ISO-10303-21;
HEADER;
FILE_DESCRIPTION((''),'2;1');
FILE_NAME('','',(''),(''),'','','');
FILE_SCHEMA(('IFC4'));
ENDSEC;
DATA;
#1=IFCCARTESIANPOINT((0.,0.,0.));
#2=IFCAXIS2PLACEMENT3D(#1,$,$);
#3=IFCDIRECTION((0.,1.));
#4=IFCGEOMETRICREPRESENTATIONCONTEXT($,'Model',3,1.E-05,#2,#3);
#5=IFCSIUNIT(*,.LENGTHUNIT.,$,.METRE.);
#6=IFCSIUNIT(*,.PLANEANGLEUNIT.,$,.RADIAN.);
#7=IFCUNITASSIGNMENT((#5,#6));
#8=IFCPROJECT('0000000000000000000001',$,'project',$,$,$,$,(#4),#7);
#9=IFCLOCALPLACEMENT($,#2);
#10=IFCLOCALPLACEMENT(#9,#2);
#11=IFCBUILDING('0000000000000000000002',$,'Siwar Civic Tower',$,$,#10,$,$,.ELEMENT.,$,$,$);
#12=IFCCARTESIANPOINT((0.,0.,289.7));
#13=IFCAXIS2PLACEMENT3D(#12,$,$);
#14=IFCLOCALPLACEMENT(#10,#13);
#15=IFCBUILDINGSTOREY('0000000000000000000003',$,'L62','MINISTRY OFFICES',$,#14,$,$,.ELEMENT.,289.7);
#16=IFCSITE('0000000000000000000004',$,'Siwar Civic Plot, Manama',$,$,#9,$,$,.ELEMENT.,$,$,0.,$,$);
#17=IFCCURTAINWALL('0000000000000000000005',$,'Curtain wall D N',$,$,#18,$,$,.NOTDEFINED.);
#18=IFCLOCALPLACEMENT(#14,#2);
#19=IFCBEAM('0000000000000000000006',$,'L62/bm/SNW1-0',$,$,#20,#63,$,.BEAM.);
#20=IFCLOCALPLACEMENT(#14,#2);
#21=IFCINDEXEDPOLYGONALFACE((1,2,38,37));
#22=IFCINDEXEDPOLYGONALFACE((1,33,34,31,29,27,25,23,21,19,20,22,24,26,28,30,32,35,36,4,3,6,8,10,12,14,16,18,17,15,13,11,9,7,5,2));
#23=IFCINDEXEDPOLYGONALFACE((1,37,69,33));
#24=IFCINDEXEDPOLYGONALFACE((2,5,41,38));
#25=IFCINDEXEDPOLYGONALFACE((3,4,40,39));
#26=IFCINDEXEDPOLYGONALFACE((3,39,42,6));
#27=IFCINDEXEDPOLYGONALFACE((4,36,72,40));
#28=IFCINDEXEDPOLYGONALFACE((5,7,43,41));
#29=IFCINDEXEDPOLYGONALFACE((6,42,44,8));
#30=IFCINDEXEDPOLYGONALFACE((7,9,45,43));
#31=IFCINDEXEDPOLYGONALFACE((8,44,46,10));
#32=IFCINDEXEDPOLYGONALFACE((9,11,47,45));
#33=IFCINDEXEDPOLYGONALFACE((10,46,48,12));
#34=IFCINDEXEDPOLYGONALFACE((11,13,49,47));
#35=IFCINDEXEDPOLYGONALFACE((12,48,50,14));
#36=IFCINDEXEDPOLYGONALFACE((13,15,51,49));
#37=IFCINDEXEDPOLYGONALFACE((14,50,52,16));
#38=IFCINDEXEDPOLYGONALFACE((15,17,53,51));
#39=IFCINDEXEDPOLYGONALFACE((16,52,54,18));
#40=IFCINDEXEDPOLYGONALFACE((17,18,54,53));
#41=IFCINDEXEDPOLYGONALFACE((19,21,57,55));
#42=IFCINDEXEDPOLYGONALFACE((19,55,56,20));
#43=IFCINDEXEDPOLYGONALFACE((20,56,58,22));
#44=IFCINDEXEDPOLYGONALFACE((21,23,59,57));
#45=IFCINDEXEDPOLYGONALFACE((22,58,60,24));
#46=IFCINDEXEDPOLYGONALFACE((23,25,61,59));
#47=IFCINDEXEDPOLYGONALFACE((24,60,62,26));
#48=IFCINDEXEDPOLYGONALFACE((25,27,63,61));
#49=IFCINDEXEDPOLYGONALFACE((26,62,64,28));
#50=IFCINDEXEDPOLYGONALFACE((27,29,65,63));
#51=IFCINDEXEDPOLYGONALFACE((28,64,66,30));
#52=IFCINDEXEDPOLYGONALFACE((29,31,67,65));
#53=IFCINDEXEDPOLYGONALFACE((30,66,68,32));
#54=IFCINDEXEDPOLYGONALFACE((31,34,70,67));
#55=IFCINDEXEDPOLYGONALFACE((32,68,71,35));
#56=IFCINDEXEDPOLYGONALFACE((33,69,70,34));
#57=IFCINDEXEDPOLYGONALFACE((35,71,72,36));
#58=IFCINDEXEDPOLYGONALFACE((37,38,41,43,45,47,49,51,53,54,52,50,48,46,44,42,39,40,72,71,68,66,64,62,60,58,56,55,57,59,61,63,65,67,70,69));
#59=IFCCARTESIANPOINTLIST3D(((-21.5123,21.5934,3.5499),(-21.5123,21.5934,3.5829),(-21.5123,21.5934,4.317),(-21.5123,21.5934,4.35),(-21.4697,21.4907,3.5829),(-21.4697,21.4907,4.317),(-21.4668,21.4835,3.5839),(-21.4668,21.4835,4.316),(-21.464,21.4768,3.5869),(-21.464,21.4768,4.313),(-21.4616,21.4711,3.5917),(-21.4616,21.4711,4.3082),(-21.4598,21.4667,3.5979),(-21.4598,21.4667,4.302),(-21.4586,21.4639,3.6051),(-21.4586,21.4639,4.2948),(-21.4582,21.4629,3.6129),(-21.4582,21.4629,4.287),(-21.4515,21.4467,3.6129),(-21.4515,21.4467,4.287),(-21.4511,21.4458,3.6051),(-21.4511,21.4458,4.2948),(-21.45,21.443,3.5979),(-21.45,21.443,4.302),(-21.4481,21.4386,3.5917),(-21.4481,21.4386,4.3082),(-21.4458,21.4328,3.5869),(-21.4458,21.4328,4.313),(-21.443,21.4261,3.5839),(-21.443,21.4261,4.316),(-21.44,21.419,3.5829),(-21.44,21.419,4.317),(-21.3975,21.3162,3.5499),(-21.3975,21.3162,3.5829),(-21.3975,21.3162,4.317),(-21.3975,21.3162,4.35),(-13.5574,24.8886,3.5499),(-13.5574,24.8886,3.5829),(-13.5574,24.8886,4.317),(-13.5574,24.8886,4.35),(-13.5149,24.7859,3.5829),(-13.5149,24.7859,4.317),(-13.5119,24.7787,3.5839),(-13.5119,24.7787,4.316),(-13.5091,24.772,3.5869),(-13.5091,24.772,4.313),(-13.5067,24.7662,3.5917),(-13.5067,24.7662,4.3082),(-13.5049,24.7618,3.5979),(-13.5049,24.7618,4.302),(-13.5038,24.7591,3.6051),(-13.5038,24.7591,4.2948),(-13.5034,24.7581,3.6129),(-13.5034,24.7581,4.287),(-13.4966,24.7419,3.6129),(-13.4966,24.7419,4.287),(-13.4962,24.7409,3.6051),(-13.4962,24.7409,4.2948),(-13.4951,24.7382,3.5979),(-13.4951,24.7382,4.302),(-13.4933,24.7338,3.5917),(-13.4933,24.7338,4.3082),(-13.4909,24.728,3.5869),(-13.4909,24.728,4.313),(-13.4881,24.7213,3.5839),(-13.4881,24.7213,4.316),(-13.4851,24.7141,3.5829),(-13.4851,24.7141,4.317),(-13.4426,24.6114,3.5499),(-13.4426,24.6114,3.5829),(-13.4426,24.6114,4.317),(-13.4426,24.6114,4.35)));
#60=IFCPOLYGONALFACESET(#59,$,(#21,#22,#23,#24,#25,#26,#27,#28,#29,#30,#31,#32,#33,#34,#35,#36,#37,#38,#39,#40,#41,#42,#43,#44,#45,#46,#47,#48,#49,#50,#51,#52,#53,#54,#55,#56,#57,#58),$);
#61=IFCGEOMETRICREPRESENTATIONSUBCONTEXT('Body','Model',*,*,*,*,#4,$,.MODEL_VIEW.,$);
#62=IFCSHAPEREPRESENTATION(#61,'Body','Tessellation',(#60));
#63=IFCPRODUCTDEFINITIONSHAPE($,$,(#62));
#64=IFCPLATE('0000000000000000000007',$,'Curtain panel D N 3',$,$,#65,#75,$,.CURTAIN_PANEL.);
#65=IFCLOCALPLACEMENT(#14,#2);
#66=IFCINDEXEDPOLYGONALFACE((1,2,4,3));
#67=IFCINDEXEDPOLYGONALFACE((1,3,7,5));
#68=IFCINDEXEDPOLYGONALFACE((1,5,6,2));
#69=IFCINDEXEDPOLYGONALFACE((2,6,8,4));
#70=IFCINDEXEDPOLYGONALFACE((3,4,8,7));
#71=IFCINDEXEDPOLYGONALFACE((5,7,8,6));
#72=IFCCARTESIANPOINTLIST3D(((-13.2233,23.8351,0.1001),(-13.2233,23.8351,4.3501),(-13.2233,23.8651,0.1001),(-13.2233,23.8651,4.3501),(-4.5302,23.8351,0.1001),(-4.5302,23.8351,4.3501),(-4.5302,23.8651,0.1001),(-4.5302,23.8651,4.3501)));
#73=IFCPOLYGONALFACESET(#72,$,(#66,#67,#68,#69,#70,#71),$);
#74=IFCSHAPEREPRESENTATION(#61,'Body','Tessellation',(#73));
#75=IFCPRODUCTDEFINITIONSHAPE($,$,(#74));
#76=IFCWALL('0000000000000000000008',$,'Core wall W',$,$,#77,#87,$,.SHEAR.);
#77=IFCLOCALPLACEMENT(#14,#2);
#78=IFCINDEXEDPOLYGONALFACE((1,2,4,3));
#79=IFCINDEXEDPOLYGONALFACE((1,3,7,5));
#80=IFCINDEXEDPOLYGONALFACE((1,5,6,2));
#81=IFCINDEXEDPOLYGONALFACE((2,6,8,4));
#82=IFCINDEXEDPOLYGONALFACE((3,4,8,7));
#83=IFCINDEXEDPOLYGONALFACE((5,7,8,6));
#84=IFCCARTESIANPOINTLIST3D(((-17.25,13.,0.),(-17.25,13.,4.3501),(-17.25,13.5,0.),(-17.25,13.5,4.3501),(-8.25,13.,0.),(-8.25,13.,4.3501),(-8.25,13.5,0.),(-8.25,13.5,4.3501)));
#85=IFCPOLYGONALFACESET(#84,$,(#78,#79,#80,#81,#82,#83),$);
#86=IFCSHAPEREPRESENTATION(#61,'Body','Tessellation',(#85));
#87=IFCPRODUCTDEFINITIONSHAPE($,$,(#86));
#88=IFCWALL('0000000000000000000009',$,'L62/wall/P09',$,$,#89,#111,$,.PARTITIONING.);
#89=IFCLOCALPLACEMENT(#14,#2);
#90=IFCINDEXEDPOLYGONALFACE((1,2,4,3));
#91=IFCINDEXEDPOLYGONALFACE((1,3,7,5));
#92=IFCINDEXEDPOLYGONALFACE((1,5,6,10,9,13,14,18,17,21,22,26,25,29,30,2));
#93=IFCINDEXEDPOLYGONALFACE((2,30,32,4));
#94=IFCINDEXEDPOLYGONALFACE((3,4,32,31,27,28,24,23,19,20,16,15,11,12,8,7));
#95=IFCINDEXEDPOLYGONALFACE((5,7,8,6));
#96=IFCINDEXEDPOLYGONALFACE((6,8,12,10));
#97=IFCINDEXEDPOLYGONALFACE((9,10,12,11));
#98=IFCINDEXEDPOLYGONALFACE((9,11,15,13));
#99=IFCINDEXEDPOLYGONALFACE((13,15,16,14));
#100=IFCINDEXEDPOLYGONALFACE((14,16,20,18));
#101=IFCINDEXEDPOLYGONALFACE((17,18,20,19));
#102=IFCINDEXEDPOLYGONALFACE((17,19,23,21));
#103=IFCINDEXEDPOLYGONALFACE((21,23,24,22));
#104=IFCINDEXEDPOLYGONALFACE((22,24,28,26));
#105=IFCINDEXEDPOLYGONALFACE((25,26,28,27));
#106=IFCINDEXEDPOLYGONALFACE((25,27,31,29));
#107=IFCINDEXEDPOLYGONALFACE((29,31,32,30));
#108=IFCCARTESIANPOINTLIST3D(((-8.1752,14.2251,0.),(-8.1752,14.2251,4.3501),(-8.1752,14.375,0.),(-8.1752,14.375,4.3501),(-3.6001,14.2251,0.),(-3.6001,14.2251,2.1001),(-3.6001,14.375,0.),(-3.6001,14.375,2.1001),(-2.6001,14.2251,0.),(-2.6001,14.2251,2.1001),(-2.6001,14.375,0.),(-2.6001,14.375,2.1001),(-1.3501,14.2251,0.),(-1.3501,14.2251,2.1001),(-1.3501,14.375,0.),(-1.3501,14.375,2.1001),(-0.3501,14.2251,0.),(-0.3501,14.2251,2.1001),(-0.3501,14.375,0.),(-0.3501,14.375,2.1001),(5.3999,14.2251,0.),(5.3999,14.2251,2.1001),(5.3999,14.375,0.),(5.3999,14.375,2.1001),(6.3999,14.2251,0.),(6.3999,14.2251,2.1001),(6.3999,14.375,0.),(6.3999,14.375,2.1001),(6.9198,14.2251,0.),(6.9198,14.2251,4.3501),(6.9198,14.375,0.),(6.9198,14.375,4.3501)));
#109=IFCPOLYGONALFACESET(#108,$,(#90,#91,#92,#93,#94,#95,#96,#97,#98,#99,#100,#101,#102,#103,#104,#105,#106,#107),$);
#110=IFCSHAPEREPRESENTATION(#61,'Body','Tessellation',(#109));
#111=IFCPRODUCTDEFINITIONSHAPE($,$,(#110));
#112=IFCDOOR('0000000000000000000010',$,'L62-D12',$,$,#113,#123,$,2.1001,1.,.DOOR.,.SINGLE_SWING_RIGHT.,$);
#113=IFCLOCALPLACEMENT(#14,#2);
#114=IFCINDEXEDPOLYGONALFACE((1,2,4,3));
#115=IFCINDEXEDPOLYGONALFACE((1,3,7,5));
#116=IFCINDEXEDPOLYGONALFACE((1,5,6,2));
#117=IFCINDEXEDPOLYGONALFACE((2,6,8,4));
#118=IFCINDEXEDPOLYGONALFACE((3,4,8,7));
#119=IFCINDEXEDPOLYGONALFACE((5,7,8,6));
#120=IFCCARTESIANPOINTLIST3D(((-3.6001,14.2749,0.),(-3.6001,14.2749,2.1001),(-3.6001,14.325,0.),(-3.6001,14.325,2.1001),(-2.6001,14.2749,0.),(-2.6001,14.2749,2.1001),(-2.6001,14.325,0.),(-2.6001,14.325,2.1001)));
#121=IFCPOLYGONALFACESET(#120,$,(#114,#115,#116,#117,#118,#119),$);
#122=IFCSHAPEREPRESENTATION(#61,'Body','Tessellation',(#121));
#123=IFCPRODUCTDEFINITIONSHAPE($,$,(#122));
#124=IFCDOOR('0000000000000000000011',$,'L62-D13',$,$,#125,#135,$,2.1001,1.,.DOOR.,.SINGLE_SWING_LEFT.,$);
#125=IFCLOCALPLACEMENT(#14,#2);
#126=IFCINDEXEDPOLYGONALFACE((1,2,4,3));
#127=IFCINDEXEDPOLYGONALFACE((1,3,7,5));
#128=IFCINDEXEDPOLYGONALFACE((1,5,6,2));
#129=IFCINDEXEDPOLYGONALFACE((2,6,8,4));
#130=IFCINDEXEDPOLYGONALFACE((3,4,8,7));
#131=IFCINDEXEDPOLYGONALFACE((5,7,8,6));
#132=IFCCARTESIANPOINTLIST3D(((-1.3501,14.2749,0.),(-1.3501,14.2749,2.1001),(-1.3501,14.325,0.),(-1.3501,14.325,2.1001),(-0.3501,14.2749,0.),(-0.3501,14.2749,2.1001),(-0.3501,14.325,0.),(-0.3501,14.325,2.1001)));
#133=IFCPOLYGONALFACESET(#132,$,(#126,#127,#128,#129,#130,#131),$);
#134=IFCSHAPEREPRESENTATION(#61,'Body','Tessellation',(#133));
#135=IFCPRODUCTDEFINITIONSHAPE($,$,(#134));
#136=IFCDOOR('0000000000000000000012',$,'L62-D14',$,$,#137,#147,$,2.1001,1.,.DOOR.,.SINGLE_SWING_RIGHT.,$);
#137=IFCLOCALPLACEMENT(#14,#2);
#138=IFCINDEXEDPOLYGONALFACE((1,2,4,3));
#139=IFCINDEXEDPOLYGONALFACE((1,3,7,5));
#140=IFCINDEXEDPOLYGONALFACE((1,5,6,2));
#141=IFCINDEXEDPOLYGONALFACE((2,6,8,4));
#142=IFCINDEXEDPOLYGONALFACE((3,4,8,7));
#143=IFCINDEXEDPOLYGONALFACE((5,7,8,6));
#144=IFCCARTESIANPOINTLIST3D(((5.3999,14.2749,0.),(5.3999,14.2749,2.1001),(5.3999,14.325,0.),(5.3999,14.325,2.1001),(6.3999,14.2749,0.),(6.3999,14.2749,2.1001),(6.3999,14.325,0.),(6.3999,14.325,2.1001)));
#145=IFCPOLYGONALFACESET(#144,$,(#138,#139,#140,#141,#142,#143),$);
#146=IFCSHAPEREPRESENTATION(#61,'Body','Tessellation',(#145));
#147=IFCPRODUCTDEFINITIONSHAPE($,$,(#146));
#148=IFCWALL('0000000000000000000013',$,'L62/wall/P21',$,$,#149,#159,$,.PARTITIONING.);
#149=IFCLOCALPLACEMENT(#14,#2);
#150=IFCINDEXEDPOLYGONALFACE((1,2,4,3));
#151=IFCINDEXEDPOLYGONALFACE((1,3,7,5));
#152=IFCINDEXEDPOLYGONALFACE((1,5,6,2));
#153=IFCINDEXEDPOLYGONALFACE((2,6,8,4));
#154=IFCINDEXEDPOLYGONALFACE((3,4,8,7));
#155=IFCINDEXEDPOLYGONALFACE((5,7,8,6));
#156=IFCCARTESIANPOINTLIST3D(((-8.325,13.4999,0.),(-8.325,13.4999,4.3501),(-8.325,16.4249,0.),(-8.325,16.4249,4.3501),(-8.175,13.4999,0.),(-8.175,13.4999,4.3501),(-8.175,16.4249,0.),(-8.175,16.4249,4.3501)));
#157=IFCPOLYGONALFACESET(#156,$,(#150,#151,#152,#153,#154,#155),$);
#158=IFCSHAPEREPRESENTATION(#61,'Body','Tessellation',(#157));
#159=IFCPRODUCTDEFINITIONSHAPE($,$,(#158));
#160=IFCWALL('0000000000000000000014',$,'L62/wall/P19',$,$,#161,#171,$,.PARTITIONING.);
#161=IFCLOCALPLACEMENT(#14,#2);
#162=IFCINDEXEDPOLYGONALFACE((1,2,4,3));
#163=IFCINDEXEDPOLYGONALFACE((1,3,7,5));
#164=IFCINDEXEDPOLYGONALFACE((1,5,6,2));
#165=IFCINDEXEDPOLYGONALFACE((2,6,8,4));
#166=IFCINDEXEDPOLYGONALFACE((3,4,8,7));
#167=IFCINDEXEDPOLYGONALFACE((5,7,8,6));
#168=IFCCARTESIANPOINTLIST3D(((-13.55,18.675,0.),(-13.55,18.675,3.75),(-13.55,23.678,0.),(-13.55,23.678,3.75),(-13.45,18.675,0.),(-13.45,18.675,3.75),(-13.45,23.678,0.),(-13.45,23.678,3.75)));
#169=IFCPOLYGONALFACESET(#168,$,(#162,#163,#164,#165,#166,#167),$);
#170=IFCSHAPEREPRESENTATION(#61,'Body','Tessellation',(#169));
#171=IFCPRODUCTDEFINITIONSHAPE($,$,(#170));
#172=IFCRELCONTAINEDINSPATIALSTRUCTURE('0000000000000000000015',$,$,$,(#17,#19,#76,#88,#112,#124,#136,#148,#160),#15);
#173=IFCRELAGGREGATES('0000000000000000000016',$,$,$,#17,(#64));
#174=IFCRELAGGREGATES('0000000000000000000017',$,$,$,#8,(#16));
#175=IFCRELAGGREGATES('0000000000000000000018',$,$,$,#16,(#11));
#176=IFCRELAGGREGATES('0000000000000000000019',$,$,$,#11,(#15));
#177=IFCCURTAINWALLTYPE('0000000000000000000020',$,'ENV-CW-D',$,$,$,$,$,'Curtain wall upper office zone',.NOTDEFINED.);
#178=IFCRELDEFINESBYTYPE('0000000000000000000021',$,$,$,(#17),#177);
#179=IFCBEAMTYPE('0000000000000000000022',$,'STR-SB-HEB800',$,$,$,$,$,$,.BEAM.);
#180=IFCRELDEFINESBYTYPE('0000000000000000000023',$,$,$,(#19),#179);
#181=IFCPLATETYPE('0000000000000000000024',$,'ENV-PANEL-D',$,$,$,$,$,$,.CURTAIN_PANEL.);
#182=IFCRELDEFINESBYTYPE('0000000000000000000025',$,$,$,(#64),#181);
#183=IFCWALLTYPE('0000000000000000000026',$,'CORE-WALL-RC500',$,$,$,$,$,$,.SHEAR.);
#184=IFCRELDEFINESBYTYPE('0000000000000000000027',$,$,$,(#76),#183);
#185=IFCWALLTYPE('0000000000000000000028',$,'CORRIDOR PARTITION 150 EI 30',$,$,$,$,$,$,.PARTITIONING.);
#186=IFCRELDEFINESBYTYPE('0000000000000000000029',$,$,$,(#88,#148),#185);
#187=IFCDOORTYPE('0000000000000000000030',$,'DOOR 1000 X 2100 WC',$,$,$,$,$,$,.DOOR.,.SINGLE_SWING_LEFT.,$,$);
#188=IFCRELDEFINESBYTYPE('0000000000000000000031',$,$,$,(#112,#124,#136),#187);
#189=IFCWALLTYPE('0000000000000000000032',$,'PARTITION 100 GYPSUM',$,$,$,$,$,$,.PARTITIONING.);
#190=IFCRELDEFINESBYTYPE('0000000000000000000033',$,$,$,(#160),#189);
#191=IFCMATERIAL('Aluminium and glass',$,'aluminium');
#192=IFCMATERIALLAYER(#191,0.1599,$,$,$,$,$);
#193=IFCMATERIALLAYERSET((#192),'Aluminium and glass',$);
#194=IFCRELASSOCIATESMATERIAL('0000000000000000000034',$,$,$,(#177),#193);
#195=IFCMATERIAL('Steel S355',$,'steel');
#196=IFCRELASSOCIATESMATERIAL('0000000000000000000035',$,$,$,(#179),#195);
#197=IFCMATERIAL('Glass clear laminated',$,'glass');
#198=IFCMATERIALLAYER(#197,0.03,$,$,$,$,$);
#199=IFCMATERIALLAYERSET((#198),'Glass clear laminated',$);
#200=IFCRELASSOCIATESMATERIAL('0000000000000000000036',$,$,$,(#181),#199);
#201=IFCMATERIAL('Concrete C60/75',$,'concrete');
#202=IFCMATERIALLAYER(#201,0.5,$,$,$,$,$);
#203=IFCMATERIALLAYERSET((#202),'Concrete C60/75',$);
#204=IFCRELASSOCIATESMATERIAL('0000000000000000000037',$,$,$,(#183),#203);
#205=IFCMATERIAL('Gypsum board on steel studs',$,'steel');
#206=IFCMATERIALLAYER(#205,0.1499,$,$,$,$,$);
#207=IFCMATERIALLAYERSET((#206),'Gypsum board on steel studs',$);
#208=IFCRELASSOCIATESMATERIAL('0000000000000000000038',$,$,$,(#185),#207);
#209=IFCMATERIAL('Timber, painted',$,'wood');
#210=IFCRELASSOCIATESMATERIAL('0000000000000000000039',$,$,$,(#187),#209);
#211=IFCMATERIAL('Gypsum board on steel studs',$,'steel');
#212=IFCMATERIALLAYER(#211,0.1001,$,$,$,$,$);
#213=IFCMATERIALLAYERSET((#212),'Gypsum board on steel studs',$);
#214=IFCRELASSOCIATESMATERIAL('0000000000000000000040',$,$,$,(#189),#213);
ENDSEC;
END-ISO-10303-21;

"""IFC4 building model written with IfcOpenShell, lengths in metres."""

from ifc_helpers import new_model, si_unit, direction, frame, frame_2d, origin, origin_2d, place, context, subcontext, project, spatial, rectangle, i_section, extrude, material, layer, layer_set, material_profile, profile_set, type_object, element, fill, aggregate, save


model = new_model("IFC4")

# Units and contexts
model_context = context("Model", 3, precision=1e-05, world=origin(), true_north=direction((0.0, 1.0)))
body_context = subcontext(model_context, "Body", "Model", "MODEL_VIEW")
ifc_project = project(units=[si_unit("LENGTHUNIT", "METRE"), si_unit("PLANEANGLEUNIT", "RADIAN")], contexts=[model_context])

# Site, building, storey
site_placement = place(None, origin())
site = spatial("IfcSite", under=ifc_project, at=site_placement, Name="Siwar Civic Plot, Manama", CompositionType="ELEMENT", RefElevation=0.0)
building_placement = place(site_placement, origin())
building = spatial("IfcBuilding", under=site, at=building_placement, Name="Siwar Civic Tower", CompositionType="ELEMENT")
storey_placement = place(building_placement, frame((0.0, 0.0, 289.7)))
storey = spatial("IfcBuildingStorey", under=building, at=storey_placement, Name="L62", Description="MINISTRY OFFICES", CompositionType="ELEMENT", Elevation=289.7)

# Curtain wall
ifc_material_1 = material(Name="Aluminium and glass", Category="aluminium")
ifc_layer_1 = layer(ifc_material_1, 0.1599)
ifc_layer_set_1 = layer_set([ifc_layer_1], Name="Aluminium and glass")
curtain_wall_type_1 = type_object("IfcCurtainWallType", Name="ENV-CW-D", ElementType="Curtain wall upper office zone", PredefinedType="NOTDEFINED", material=ifc_layer_set_1)
curtain_wall_1_placement = place(storey_placement, origin())
curtain_wall_1 = element("IfcCurtainWall", 1, at=curtain_wall_1_placement, inside=storey, type_object=curtain_wall_type_1, Name="Curtain wall D N", PredefinedType="NOTDEFINED")

# Beam
ifc_material_2 = material(Name="Steel S355", Category="steel")
ifc_material_profile_1 = material_profile(ifc_material_2, i_section(OverallWidth=0.3, OverallDepth=0.8, WebThickness=0.0176, FlangeThickness=0.033, FilletRadius=0.03, at=origin_2d()), Name="HEB800")
ifc_profile_set_1 = profile_set([ifc_material_profile_1], Name="Steel S355")
beam_type_1 = type_object("IfcBeamType", Name="STR-SB-HEB800", PredefinedType="BEAM", material=ifc_profile_set_1)
beam_1_placement = place(storey_placement, frame((-13.5, 24.75, 3.95), z_axis=(-0.923873, -0.3827, 0.0), x_axis=(0.3827, -0.923873, 0.0)))
element("IfcBeam", 2, at=beam_1_placement, inside=storey, type_object=beam_type_1, Name="L62/bm/SNW1-0", PredefinedType="BEAM", context=body_context, shape_type="SweptSolid", body=[
    extrude(i_section(OverallWidth=0.3, OverallDepth=0.8, WebThickness=0.0176, FlangeThickness=0.033, FilletRadius=0.03, at=origin_2d()), origin(), (0.0, 0.0, 1.0), 8.6104),
])

# Plate
ifc_material_3 = material(Name="Glass clear laminated", Category="glass")
ifc_layer_2 = layer(ifc_material_3, 0.03)
ifc_layer_set_2 = layer_set([ifc_layer_2], Name="Glass clear laminated")
plate_type = type_object("IfcPlateType", Name="ENV-PANEL-D", PredefinedType="CURTAIN_PANEL", material=ifc_layer_set_2)
plate_placement = place(storey_placement, frame((-8.8767, 23.8501, 0.1001), z_axis=(0.0, 0.0, 1.0), x_axis=(-1.0, 0.0, 0.0)))
plate = element("IfcPlate", 3, at=plate_placement, type_object=plate_type, Name="Curtain panel D N 3", PredefinedType="CURTAIN_PANEL", context=body_context, shape_type="SweptSolid", body=[
    extrude(rectangle(XDim=8.6931, YDim=0.03, at=origin_2d()), origin(), (0.0, 0.0, 1.0), 4.25),
])
aggregate(curtain_wall_1, [plate])

# Wall
ifc_material_4 = material(Name="Concrete C60/75", Category="concrete")
ifc_layer_3 = layer(ifc_material_4, 0.5)
ifc_layer_set_3 = layer_set([ifc_layer_3], Name="Concrete C60/75")
wall_type_1 = type_object("IfcWallType", Name="CORE-WALL-RC500", PredefinedType="SHEAR", material=ifc_layer_set_3)
wall_1_placement = place(storey_placement, frame((-8.25, 13.25, 0.0), z_axis=(0.0, 0.0, 1.0), x_axis=(-1.0, 0.0, 0.0)))
element("IfcWall", 4, at=wall_1_placement, inside=storey, type_object=wall_type_1, Name="Core wall W", PredefinedType="SHEAR", context=body_context, shape_type="SweptSolid", body=[
    extrude(rectangle(XDim=9.0, YDim=0.5, at=frame_2d((4.5, 0.0))), origin(), (0.0, 0.0, 1.0), 4.3501),
])

# Wall, openings, doors
ifc_material_5 = material(Name="Gypsum board on steel studs", Category="steel")
ifc_layer_4 = layer(ifc_material_5, 0.1499)
ifc_layer_set_4 = layer_set([ifc_layer_4], Name="Gypsum board on steel studs")
wall_type_2 = type_object("IfcWallType", Name="CORRIDOR PARTITION 150 EI 30", PredefinedType="PARTITIONING", material=ifc_layer_set_4)
wall_2_placement = place(storey_placement, frame((-8.175, 14.3, 0.0), z_axis=(0.0, 0.0, 1.0), x_axis=(1.0, 0.0, 0.0)))
wall_2 = element("IfcWall", 5, at=wall_2_placement, inside=storey, type_object=wall_type_2, Name="L62/wall/P09", PredefinedType="PARTITIONING", context=body_context, shape_type="SweptSolid", body=[
    extrude(rectangle(XDim=15.095, YDim=0.1499, at=frame_2d((7.5474, 0.0))), origin(), (0.0, 0.0, 1.0), 4.3501),
])
opening_1_placement = place(wall_2_placement, frame((4.575, 0.0, 0.0)))
opening_1 = element("IfcOpeningElement", 6, at=opening_1_placement, cuts=wall_2, PredefinedType="OPENING", context=body_context, shape_type="SweptSolid", body=[
    extrude(rectangle(XDim=1.0, YDim=2.1001, at=frame_2d((0.5, 1.05))), frame((0.0, 0.085, 0.0), z_axis=(0.0, -1.0, 0.0), x_axis=(1.0, 0.0, 0.0)), (0.0, 0.0, 1.0), 0.1699),
])
opening_2_placement = place(wall_2_placement, frame((6.825, 0.0, 0.0)))
opening_2 = element("IfcOpeningElement", 7, at=opening_2_placement, cuts=wall_2, PredefinedType="OPENING", context=body_context, shape_type="SweptSolid", body=[
    extrude(rectangle(XDim=1.0, YDim=2.1001, at=frame_2d((0.5, 1.05))), frame((0.0, 0.085, 0.0), z_axis=(0.0, -1.0, 0.0), x_axis=(1.0, 0.0, 0.0)), (0.0, 0.0, 1.0), 0.1699),
])
opening_3_placement = place(wall_2_placement, frame((13.575, 0.0, 0.0)))
opening_3 = element("IfcOpeningElement", 8, at=opening_3_placement, cuts=wall_2, PredefinedType="OPENING", context=body_context, shape_type="SweptSolid", body=[
    extrude(rectangle(XDim=1.0, YDim=2.1001, at=frame_2d((0.5, 1.05))), frame((0.0, 0.085, 0.0), z_axis=(0.0, -1.0, 0.0), x_axis=(1.0, 0.0, 0.0)), (0.0, 0.0, 1.0), 0.1699),
])
ifc_material_6 = material(Name="Timber, painted", Category="wood")
door_type = type_object("IfcDoorType", Name="DOOR 1000 X 2100 WC", OperationType="SINGLE_SWING_LEFT", PredefinedType="DOOR", material=ifc_material_6)
door_1_placement = place(opening_1_placement, origin())
door_1 = element("IfcDoor", 9, at=door_1_placement, inside=storey, type_object=door_type, Name="L62-D12", OperationType="SINGLE_SWING_RIGHT", OverallHeight=2.1001, OverallWidth=1.0, PredefinedType="DOOR", context=body_context, shape_type="SweptSolid", body=[
    extrude(rectangle(XDim=1.0, YDim=2.1001, at=frame_2d((0.5, 1.05))), frame((0.0, 0.0249, 0.0), z_axis=(0.0, -1.0, 0.0), x_axis=(1.0, 0.0, 0.0)), (0.0, 0.0, 1.0), 0.05),
])
fill(opening_1, door_1)
door_2_placement = place(opening_2_placement, origin())
door_2 = element("IfcDoor", 10, at=door_2_placement, inside=storey, type_object=door_type, Name="L62-D13", OperationType="SINGLE_SWING_LEFT", OverallHeight=2.1001, OverallWidth=1.0, PredefinedType="DOOR", context=body_context, shape_type="SweptSolid", body=[
    extrude(rectangle(XDim=1.0, YDim=2.1001, at=frame_2d((0.5, 1.05))), frame((0.0, 0.0249, 0.0), z_axis=(0.0, -1.0, 0.0), x_axis=(1.0, 0.0, 0.0)), (0.0, 0.0, 1.0), 0.05),
])
fill(opening_2, door_2)
door_3_placement = place(opening_3_placement, origin())
door_3 = element("IfcDoor", 11, at=door_3_placement, inside=storey, type_object=door_type, Name="L62-D14", OperationType="SINGLE_SWING_RIGHT", OverallHeight=2.1001, OverallWidth=1.0, PredefinedType="DOOR", context=body_context, shape_type="SweptSolid", body=[
    extrude(rectangle(XDim=1.0, YDim=2.1001, at=frame_2d((0.5, 1.05))), frame((0.0, 0.0249, 0.0), z_axis=(0.0, -1.0, 0.0), x_axis=(1.0, 0.0, 0.0)), (0.0, 0.0, 1.0), 0.05),
])
fill(opening_3, door_3)

# Walls
wall_3_placement = place(storey_placement, frame((-8.25, 13.5, 0.0), z_axis=(0.0, 0.0, 1.0), x_axis=(0.0, 1.0, 0.0)))
element("IfcWall", 12, at=wall_3_placement, inside=storey, type_object=wall_type_2, Name="L62/wall/P21", PredefinedType="PARTITIONING", context=body_context, shape_type="SweptSolid", body=[
    extrude(rectangle(XDim=2.925, YDim=0.1499, at=frame_2d((1.4624, 0.0))), origin(), (0.0, 0.0, 1.0), 4.3501),
])
ifc_material_7 = material(Name="Gypsum board on steel studs", Category="steel")
ifc_layer_5 = layer(ifc_material_7, 0.1001)
ifc_layer_set_5 = layer_set([ifc_layer_5], Name="Gypsum board on steel studs")
wall_type_3 = type_object("IfcWallType", Name="PARTITION 100 GYPSUM", PredefinedType="PARTITIONING", material=ifc_layer_set_5)
wall_4_placement = place(storey_placement, frame((-13.5, 18.675, 0.0), z_axis=(0.0, 0.0, 1.0), x_axis=(0.0, 1.0, 0.0)))
element("IfcWall", 13, at=wall_4_placement, inside=storey, type_object=wall_type_3, Name="L62/wall/P19", PredefinedType="PARTITIONING", context=body_context, shape_type="SweptSolid", body=[
    extrude(rectangle(XDim=5.0029, YDim=0.1001, at=frame_2d((2.5015, 0.0))), origin(), (0.0, 0.0, 1.0), 3.75),
])

save(model, "model.ifc")
